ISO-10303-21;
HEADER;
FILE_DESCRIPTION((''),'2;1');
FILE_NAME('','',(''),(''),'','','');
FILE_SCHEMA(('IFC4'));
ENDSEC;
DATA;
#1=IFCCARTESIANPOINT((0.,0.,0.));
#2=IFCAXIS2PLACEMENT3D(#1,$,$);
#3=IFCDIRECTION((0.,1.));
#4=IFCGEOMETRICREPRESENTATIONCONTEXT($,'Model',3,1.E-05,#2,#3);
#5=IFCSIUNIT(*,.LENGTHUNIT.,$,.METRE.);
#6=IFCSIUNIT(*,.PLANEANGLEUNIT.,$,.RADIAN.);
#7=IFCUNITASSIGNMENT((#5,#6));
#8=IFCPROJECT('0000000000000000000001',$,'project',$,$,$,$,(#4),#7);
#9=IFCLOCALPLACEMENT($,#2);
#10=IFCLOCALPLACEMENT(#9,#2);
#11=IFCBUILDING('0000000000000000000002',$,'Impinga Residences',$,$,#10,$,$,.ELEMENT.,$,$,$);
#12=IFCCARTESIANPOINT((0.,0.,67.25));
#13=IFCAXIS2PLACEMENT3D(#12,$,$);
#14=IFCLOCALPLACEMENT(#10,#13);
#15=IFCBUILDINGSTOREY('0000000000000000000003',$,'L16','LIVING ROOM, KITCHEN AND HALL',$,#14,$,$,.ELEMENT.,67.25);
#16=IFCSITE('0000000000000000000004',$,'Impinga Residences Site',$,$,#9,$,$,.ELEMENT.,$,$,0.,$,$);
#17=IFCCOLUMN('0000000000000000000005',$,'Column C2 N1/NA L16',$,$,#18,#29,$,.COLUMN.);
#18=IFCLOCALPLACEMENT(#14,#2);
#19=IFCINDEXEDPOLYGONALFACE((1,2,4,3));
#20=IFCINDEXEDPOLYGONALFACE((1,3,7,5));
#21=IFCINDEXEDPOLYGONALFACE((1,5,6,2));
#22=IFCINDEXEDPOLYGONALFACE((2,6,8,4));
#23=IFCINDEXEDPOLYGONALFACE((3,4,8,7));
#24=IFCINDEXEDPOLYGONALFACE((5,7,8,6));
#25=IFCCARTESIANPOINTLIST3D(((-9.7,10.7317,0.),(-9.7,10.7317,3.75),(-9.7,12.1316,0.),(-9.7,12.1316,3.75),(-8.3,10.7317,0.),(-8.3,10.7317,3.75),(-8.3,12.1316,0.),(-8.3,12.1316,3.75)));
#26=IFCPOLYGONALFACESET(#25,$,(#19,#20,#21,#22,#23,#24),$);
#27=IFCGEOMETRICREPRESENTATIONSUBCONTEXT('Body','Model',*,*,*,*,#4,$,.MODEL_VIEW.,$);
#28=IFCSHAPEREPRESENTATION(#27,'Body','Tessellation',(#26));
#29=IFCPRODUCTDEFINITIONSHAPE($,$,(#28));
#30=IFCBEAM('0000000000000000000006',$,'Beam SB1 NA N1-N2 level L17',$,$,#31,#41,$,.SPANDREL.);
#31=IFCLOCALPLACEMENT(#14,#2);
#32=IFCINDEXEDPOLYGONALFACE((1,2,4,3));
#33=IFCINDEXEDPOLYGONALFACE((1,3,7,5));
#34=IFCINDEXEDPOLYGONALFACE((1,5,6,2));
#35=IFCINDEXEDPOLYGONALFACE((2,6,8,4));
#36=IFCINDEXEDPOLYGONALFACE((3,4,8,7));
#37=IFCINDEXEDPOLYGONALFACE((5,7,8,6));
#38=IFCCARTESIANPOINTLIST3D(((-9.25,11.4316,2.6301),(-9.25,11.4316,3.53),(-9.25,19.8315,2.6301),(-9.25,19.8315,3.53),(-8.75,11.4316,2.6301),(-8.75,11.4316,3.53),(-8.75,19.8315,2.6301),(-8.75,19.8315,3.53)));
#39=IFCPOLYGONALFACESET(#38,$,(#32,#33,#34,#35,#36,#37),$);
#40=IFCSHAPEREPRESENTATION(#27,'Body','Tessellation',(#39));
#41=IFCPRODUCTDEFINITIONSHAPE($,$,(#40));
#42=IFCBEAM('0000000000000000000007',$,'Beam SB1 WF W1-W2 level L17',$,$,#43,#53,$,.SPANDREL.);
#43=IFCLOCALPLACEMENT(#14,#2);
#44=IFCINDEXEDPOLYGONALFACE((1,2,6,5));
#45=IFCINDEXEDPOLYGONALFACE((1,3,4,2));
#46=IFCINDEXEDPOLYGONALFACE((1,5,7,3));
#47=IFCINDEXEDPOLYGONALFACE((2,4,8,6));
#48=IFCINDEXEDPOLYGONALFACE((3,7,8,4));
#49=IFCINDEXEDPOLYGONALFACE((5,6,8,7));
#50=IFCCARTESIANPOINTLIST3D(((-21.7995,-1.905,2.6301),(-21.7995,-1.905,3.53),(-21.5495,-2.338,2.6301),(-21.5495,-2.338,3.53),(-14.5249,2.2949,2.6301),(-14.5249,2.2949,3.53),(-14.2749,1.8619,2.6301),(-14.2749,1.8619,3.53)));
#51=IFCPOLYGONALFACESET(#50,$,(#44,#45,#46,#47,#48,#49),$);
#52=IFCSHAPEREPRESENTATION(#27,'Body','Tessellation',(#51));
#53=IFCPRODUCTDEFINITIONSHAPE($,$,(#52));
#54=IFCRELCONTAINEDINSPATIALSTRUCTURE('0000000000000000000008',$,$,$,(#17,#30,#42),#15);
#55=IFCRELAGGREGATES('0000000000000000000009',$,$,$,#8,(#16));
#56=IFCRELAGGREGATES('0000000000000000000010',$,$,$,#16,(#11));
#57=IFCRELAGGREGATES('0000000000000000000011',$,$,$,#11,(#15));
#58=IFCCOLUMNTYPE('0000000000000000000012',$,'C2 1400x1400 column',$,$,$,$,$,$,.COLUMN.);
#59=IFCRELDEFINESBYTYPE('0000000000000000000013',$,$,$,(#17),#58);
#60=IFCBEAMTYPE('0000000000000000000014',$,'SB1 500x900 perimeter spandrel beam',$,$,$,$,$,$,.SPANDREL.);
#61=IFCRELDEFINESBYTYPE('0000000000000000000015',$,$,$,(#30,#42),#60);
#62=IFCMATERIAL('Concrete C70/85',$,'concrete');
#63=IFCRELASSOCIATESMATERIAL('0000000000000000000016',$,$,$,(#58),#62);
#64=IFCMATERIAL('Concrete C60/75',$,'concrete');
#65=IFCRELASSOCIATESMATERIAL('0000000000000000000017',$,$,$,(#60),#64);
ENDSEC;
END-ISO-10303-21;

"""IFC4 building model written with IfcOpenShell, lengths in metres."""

from ifc_helpers import new_model, si_unit, direction, frame, origin, origin_2d, place, context, subcontext, project, spatial, rectangle, extrude, material, material_profile, profile_set, type_object, element, save


model = new_model("IFC4")

# Units and contexts
model_context = context("Model", 3, precision=1e-05, world=origin(), true_north=direction((0.0, 1.0)))
body_context = subcontext(model_context, "Body", "Model", "MODEL_VIEW")
ifc_project = project(units=[si_unit("LENGTHUNIT", "METRE"), si_unit("PLANEANGLEUNIT", "RADIAN")], contexts=[model_context])

# Site, building, storey
site_placement = place(None, origin())
site = spatial("IfcSite", under=ifc_project, at=site_placement, Name="Impinga Residences Site", CompositionType="ELEMENT", RefElevation=0.0)
building_placement = place(site_placement, origin())
building = spatial("IfcBuilding", under=site, at=building_placement, Name="Impinga Residences", CompositionType="ELEMENT")
storey_placement = place(building_placement, frame((0.0, 0.0, 67.25)))
storey = spatial("IfcBuildingStorey", under=building, at=storey_placement, Name="L16", Description="LIVING ROOM, KITCHEN AND HALL", CompositionType="ELEMENT", Elevation=67.25)

# Column
ifc_material_1 = material(Name="Concrete C70/85", Category="concrete")
ifc_material_profile_1 = material_profile(ifc_material_1, rectangle(XDim=1.3999, YDim=1.3999, at=origin_2d()), Name="RC 1400x1400")
ifc_profile_set_1 = profile_set([ifc_material_profile_1], Name="Concrete C70/85")
column_type = type_object("IfcColumnType", Name="C2 1400x1400 column", PredefinedType="COLUMN", material=ifc_profile_set_1)
column_placement = place(storey_placement, frame((-9.0, 11.4316, 0.0), z_axis=(0.0, 0.0, 1.0), x_axis=(1.0, 0.0, 0.0)))
element("IfcColumn", 1, at=column_placement, inside=storey, type_object=column_type, Name="Column C2 N1/NA L16", PredefinedType="COLUMN", context=body_context, shape_type="SweptSolid", body=[
    extrude(rectangle(XDim=1.3999, YDim=1.3999, at=origin_2d()), origin(), (0.0, 0.0, 1.0), 3.75),
])

# Beams
ifc_material_2 = material(Name="Concrete C60/75", Category="concrete")
ifc_material_profile_2 = material_profile(ifc_material_2, rectangle(XDim=0.5, YDim=0.8999, at=origin_2d()), Name="RC 500x900")
ifc_profile_set_2 = profile_set([ifc_material_profile_2], Name="Concrete C60/75")
beam_type = type_object("IfcBeamType", Name="SB1 500x900 perimeter spandrel beam", PredefinedType="SPANDREL", material=ifc_profile_set_2)
for number, where, z_axis, x_axis, name in (
    (2, (-9.0, 11.4316, 3.0801), (0.0, 1.0, 0.0), (-1.0, 0.0, 0.0), "Beam SB1 NA N1-N2 level L17"),
    (3, (-14.3999, 2.0784, 3.0801), (-0.866029, -0.499993, 0.0), (0.499993, -0.866029, 0.0), "Beam SB1 WF W1-W2 level L17"),
):
    element("IfcBeam", number, at=place(storey_placement, frame(where, z_axis=z_axis, x_axis=x_axis)), inside=storey, type_object=beam_type, Name=name, PredefinedType="SPANDREL", context=body_context, shape_type="SweptSolid", body=[
        extrude(rectangle(XDim=0.5, YDim=0.8999, at=origin_2d()), origin(), (0.0, 0.0, 1.0), 8.3999),
    ])

save(model, "model.ifc")
